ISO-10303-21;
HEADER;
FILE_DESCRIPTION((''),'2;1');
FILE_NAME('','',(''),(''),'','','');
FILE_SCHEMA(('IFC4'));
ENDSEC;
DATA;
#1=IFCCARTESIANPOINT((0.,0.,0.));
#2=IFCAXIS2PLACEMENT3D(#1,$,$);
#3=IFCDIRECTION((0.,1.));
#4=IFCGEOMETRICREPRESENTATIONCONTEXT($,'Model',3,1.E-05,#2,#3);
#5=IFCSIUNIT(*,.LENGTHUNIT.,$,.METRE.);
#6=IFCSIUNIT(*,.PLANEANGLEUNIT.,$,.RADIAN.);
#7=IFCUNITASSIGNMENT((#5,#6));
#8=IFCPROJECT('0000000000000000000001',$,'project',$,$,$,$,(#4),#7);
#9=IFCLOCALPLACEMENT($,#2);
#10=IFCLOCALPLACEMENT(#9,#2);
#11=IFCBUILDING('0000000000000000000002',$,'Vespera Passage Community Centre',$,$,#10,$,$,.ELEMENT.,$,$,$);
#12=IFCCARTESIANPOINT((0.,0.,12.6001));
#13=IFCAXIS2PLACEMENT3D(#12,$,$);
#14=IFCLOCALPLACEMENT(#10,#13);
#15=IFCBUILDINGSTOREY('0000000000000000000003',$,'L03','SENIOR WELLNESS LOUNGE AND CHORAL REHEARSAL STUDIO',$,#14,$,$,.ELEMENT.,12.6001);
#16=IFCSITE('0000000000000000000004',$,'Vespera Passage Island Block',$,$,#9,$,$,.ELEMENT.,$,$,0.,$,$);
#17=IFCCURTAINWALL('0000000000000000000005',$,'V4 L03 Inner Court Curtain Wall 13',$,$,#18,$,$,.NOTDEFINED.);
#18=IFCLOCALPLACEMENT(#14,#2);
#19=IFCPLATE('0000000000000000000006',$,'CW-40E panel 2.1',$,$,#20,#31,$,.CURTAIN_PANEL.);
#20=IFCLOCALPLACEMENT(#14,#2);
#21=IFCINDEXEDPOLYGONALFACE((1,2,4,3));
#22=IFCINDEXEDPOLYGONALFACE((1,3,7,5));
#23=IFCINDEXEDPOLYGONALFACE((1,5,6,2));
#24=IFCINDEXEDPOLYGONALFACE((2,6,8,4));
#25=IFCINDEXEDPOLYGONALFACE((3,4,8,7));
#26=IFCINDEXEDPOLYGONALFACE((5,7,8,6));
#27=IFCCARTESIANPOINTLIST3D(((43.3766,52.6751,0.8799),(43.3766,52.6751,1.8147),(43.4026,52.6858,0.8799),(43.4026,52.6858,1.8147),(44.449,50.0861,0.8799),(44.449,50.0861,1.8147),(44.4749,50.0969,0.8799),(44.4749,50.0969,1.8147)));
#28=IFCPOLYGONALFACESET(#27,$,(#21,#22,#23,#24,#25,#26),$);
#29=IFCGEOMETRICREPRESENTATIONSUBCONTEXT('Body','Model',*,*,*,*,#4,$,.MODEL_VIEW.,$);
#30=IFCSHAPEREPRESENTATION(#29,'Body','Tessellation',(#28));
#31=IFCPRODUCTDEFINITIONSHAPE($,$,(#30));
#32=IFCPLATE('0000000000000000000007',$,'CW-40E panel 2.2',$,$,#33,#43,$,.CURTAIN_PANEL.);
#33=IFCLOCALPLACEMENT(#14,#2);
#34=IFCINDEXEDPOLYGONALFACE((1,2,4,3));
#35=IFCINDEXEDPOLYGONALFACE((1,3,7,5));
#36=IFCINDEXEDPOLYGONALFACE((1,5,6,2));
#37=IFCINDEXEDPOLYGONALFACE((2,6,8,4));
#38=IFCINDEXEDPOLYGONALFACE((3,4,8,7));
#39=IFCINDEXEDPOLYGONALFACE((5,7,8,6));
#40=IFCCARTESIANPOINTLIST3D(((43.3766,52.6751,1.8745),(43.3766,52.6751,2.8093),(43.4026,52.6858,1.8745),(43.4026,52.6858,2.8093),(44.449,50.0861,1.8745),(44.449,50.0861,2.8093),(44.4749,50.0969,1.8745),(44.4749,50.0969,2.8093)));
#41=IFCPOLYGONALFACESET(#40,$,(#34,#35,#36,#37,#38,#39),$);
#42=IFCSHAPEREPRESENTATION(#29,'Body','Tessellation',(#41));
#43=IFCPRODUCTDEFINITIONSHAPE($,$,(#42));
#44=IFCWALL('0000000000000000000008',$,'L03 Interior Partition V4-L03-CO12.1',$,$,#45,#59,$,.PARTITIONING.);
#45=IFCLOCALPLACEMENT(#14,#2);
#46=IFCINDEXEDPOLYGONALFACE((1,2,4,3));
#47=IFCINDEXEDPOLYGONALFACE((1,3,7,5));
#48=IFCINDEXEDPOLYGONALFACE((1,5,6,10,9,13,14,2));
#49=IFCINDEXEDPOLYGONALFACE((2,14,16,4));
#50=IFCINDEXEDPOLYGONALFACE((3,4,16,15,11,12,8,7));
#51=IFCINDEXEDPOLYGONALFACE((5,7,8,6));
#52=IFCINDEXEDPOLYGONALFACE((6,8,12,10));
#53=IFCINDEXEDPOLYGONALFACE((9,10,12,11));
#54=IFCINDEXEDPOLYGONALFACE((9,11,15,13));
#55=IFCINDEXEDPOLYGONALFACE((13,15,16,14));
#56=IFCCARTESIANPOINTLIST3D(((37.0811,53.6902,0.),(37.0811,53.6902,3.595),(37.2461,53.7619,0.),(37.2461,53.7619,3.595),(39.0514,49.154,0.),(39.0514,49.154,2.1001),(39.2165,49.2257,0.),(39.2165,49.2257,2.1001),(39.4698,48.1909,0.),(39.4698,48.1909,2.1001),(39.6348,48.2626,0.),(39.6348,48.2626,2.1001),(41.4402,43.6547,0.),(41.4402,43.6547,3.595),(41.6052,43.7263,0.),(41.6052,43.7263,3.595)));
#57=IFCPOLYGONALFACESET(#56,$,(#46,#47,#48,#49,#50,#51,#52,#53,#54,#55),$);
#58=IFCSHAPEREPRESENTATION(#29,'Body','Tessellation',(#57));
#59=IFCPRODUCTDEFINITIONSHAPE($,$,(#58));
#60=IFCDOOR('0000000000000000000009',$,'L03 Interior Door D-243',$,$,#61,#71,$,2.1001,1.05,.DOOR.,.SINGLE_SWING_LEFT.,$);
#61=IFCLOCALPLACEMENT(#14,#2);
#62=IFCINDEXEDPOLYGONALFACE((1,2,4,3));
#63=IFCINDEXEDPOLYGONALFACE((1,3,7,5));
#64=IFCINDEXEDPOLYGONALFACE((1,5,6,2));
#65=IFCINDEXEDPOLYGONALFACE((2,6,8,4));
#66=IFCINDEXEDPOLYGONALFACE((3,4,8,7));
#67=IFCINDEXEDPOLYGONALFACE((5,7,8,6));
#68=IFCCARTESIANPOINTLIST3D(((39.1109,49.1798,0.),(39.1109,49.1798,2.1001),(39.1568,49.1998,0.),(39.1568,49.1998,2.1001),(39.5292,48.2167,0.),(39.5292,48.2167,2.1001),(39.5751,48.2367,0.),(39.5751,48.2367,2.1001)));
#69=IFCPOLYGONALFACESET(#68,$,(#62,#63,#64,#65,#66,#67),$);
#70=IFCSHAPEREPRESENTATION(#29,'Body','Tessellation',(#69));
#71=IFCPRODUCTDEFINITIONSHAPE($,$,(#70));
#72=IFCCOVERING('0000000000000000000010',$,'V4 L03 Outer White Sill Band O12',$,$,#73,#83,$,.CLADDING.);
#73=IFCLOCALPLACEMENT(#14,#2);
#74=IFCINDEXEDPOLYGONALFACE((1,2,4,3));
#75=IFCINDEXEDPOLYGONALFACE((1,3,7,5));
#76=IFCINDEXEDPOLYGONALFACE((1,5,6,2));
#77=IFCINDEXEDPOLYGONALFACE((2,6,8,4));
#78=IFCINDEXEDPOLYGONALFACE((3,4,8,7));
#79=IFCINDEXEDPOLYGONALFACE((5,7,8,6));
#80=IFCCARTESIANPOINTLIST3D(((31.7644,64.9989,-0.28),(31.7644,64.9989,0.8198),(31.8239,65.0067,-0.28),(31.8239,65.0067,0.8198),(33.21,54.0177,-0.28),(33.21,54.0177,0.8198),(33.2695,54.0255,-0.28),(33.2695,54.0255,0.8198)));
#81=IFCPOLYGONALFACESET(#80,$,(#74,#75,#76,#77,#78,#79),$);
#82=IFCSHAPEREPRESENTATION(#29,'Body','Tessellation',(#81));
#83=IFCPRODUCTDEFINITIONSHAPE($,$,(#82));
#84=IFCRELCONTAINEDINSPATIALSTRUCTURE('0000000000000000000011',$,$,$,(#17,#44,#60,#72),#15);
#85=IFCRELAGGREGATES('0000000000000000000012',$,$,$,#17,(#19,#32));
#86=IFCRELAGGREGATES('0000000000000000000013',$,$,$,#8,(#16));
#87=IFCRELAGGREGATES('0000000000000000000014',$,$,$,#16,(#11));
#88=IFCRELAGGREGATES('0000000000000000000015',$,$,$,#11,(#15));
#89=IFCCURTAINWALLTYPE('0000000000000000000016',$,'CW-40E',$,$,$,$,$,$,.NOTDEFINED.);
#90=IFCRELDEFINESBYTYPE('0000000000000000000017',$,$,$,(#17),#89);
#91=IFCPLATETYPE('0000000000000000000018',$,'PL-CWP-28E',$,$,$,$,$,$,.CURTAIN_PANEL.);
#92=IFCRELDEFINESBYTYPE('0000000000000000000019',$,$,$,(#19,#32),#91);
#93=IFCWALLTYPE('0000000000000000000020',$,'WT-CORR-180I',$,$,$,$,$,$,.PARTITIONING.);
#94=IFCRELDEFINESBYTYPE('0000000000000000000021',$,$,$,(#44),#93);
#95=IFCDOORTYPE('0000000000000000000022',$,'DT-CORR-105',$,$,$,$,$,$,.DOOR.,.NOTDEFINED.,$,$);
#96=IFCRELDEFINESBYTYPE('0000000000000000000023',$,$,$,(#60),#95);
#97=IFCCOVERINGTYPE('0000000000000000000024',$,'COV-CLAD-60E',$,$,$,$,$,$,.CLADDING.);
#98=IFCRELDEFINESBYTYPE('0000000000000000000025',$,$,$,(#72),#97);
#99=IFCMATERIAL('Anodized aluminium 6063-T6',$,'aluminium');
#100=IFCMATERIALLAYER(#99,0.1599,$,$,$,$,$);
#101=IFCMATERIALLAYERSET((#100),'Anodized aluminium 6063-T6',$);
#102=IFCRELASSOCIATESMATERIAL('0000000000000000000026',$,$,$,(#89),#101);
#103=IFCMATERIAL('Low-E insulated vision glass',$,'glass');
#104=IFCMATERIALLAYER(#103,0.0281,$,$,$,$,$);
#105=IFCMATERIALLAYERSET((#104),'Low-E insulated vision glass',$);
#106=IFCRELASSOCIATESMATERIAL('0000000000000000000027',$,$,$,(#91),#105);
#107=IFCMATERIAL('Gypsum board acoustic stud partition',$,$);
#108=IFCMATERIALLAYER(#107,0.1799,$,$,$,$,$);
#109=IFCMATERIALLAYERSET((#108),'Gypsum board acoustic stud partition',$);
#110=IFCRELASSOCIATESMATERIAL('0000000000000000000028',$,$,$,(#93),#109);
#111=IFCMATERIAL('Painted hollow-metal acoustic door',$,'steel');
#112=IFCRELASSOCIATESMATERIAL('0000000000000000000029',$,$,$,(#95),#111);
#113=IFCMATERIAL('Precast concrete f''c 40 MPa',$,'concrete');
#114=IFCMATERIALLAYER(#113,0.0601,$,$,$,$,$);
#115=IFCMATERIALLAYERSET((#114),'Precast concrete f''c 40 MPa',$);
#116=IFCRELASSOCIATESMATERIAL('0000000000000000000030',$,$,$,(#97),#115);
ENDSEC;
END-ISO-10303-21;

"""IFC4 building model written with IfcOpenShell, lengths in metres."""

from ifc_helpers import new_model, si_unit, direction, frame, frame_2d, origin, origin_2d, place, context, subcontext, project, spatial, rectangle, extrude, material, layer, layer_set, type_object, element, fill, aggregate, save


model = new_model("IFC4")

# Units and contexts
model_context = context("Model", 3, precision=1e-05, world=origin(), true_north=direction((0.0, 1.0)))
body_context = subcontext(model_context, "Body", "Model", "MODEL_VIEW")
ifc_project = project(units=[si_unit("LENGTHUNIT", "METRE"), si_unit("PLANEANGLEUNIT", "RADIAN")], contexts=[model_context])

# Site, building, storey
site_placement = place(None, origin())
site = spatial("IfcSite", under=ifc_project, at=site_placement, Name="Vespera Passage Island Block", CompositionType="ELEMENT", RefElevation=0.0)
building_placement = place(site_placement, origin())
building = spatial("IfcBuilding", under=site, at=building_placement, Name="Vespera Passage Community Centre", CompositionType="ELEMENT")
storey_placement = place(building_placement, frame((0.0, 0.0, 12.6001)))
storey = spatial("IfcBuildingStorey", under=building, at=storey_placement, Name="L03", Description="SENIOR WELLNESS LOUNGE AND CHORAL REHEARSAL STUDIO", CompositionType="ELEMENT", Elevation=12.6001)

# Curtain wall
ifc_material_1 = material(Name="Anodized aluminium 6063-T6", Category="aluminium")
ifc_layer_1 = layer(ifc_material_1, 0.1599)
ifc_layer_set_1 = layer_set([ifc_layer_1], Name="Anodized aluminium 6063-T6")
curtain_wall_type_1 = type_object("IfcCurtainWallType", Name="CW-40E", PredefinedType="NOTDEFINED", material=ifc_layer_set_1)
curtain_wall_1_placement = place(storey_placement, origin())
curtain_wall_1 = element("IfcCurtainWall", 1, at=curtain_wall_1_placement, inside=storey, type_object=curtain_wall_type_1, Name="V4 L03 Inner Court Curtain Wall 13", PredefinedType="NOTDEFINED")

# Plates
ifc_material_2 = material(Name="Low-E insulated vision glass", Category="glass")
ifc_layer_2 = layer(ifc_material_2, 0.0281)
ifc_layer_set_2 = layer_set([ifc_layer_2], Name="Low-E insulated vision glass")
plate_type = type_object("IfcPlateType", Name="PL-CWP-28E", PredefinedType="CURTAIN_PANEL", material=ifc_layer_set_2)
plate_1_placement = place(storey_placement, frame((43.9258, 51.386, 0.8799), z_axis=(0.0, 0.0, 1.0), x_axis=(0.38269, -0.923877, 0.0)))
plate_1 = element("IfcPlate", 2, at=plate_1_placement, type_object=plate_type, Name="CW-40E panel 2.1", PredefinedType="CURTAIN_PANEL", context=body_context, shape_type="SweptSolid", body=[
    extrude(rectangle(XDim=2.8022, YDim=0.0281, at=origin_2d()), origin(), (0.0, 0.0, 1.0), 0.9348),
])
plate_2_placement = place(storey_placement, frame((43.9258, 51.386, 1.8745), z_axis=(0.0, 0.0, 1.0), x_axis=(0.38269, -0.923877, 0.0)))
plate_2 = element("IfcPlate", 3, at=plate_2_placement, type_object=plate_type, Name="CW-40E panel 2.2", PredefinedType="CURTAIN_PANEL", context=body_context, shape_type="SweptSolid", body=[
    extrude(rectangle(XDim=2.8022, YDim=0.0281, at=origin_2d()), origin(), (0.0, 0.0, 1.0), 0.9348),
])
aggregate(curtain_wall_1, [plate_1, plate_2])

# Wall, opening, door
ifc_material_3 = material(Name="Gypsum board acoustic stud partition")
ifc_layer_3 = layer(ifc_material_3, 0.1799)
ifc_layer_set_3 = layer_set([ifc_layer_3], Name="Gypsum board acoustic stud partition")
wall_type = type_object("IfcWallType", Name="WT-CORR-180I", PredefinedType="PARTITIONING", material=ifc_layer_set_3)
wall_placement = place(storey_placement, frame((37.1636, 53.7261, 0.0), z_axis=(0.0, 0.0, 1.0), x_axis=(0.398404, -0.91721, 0.0)))
wall = element("IfcWall", 4, at=wall_placement, inside=storey, type_object=wall_type, Name="L03 Interior Partition V4-L03-CO12.1", PredefinedType="PARTITIONING", context=body_context, shape_type="SweptSolid", body=[
    extrude(rectangle(XDim=10.9414, YDim=0.1799, at=frame_2d((5.4707, 0.0))), origin(), (0.0, 0.0, 1.0), 3.595),
])
opening_placement = place(wall_placement, frame((4.9458, 0.0, 0.0)))
opening = element("IfcOpeningElement", 5, at=opening_placement, cuts=wall, PredefinedType="OPENING", context=body_context, shape_type="SweptSolid", body=[
    extrude(rectangle(XDim=1.05, YDim=2.1001, at=frame_2d((0.5249, 1.05))), frame((0.0, 0.0999, 0.0), z_axis=(0.0, -1.0, 0.0), x_axis=(1.0, 0.0, 0.0)), (0.0, 0.0, 1.0), 0.2),
])
ifc_material_4 = material(Name="Painted hollow-metal acoustic door", Category="steel")
door_type = type_object("IfcDoorType", Name="DT-CORR-105", OperationType="NOTDEFINED", PredefinedType="DOOR", material=ifc_material_4)
door_placement = place(opening_placement, origin())
door = element("IfcDoor", 6, at=door_placement, inside=storey, type_object=door_type, Name="L03 Interior Door D-243", OperationType="SINGLE_SWING_LEFT", OverallHeight=2.1001, OverallWidth=1.05, PredefinedType="DOOR", context=body_context, shape_type="SweptSolid", body=[
    extrude(rectangle(XDim=1.05, YDim=2.1001, at=frame_2d((0.5249, 1.05))), frame((0.0, 0.0249, 0.0), z_axis=(0.0, -1.0, 0.0), x_axis=(1.0, 0.0, 0.0)), (0.0, 0.0, 1.0), 0.05),
])
fill(opening, door)

# Covering
ifc_material_5 = material(Name="Precast concrete f'c 40 MPa", Category="concrete")
ifc_layer_4 = layer(ifc_material_5, 0.0601)
ifc_layer_set_4 = layer_set([ifc_layer_4], Name="Precast concrete f'c 40 MPa")
covering_type = type_object("IfcCoveringType", Name="COV-CLAD-60E", PredefinedType="CLADDING", material=ifc_layer_set_4)
covering_placement = place(storey_placement, frame((33.2397, 54.0215, -0.28), z_axis=(0.0, 0.0, 1.0), x_axis=(-0.130513, 0.991447, 0.0)))
element("IfcCovering", 7, at=covering_placement, inside=storey, type_object=covering_type, Name="V4 L03 Outer White Sill Band O12", PredefinedType="CLADDING", context=body_context, shape_type="SweptSolid", body=[
    extrude(rectangle(XDim=11.0759, YDim=0.0601, at=frame_2d((5.5381, 0.0))), origin(), (0.0, 0.0, 1.0), 1.0999),
])

save(model, "model.ifc")
